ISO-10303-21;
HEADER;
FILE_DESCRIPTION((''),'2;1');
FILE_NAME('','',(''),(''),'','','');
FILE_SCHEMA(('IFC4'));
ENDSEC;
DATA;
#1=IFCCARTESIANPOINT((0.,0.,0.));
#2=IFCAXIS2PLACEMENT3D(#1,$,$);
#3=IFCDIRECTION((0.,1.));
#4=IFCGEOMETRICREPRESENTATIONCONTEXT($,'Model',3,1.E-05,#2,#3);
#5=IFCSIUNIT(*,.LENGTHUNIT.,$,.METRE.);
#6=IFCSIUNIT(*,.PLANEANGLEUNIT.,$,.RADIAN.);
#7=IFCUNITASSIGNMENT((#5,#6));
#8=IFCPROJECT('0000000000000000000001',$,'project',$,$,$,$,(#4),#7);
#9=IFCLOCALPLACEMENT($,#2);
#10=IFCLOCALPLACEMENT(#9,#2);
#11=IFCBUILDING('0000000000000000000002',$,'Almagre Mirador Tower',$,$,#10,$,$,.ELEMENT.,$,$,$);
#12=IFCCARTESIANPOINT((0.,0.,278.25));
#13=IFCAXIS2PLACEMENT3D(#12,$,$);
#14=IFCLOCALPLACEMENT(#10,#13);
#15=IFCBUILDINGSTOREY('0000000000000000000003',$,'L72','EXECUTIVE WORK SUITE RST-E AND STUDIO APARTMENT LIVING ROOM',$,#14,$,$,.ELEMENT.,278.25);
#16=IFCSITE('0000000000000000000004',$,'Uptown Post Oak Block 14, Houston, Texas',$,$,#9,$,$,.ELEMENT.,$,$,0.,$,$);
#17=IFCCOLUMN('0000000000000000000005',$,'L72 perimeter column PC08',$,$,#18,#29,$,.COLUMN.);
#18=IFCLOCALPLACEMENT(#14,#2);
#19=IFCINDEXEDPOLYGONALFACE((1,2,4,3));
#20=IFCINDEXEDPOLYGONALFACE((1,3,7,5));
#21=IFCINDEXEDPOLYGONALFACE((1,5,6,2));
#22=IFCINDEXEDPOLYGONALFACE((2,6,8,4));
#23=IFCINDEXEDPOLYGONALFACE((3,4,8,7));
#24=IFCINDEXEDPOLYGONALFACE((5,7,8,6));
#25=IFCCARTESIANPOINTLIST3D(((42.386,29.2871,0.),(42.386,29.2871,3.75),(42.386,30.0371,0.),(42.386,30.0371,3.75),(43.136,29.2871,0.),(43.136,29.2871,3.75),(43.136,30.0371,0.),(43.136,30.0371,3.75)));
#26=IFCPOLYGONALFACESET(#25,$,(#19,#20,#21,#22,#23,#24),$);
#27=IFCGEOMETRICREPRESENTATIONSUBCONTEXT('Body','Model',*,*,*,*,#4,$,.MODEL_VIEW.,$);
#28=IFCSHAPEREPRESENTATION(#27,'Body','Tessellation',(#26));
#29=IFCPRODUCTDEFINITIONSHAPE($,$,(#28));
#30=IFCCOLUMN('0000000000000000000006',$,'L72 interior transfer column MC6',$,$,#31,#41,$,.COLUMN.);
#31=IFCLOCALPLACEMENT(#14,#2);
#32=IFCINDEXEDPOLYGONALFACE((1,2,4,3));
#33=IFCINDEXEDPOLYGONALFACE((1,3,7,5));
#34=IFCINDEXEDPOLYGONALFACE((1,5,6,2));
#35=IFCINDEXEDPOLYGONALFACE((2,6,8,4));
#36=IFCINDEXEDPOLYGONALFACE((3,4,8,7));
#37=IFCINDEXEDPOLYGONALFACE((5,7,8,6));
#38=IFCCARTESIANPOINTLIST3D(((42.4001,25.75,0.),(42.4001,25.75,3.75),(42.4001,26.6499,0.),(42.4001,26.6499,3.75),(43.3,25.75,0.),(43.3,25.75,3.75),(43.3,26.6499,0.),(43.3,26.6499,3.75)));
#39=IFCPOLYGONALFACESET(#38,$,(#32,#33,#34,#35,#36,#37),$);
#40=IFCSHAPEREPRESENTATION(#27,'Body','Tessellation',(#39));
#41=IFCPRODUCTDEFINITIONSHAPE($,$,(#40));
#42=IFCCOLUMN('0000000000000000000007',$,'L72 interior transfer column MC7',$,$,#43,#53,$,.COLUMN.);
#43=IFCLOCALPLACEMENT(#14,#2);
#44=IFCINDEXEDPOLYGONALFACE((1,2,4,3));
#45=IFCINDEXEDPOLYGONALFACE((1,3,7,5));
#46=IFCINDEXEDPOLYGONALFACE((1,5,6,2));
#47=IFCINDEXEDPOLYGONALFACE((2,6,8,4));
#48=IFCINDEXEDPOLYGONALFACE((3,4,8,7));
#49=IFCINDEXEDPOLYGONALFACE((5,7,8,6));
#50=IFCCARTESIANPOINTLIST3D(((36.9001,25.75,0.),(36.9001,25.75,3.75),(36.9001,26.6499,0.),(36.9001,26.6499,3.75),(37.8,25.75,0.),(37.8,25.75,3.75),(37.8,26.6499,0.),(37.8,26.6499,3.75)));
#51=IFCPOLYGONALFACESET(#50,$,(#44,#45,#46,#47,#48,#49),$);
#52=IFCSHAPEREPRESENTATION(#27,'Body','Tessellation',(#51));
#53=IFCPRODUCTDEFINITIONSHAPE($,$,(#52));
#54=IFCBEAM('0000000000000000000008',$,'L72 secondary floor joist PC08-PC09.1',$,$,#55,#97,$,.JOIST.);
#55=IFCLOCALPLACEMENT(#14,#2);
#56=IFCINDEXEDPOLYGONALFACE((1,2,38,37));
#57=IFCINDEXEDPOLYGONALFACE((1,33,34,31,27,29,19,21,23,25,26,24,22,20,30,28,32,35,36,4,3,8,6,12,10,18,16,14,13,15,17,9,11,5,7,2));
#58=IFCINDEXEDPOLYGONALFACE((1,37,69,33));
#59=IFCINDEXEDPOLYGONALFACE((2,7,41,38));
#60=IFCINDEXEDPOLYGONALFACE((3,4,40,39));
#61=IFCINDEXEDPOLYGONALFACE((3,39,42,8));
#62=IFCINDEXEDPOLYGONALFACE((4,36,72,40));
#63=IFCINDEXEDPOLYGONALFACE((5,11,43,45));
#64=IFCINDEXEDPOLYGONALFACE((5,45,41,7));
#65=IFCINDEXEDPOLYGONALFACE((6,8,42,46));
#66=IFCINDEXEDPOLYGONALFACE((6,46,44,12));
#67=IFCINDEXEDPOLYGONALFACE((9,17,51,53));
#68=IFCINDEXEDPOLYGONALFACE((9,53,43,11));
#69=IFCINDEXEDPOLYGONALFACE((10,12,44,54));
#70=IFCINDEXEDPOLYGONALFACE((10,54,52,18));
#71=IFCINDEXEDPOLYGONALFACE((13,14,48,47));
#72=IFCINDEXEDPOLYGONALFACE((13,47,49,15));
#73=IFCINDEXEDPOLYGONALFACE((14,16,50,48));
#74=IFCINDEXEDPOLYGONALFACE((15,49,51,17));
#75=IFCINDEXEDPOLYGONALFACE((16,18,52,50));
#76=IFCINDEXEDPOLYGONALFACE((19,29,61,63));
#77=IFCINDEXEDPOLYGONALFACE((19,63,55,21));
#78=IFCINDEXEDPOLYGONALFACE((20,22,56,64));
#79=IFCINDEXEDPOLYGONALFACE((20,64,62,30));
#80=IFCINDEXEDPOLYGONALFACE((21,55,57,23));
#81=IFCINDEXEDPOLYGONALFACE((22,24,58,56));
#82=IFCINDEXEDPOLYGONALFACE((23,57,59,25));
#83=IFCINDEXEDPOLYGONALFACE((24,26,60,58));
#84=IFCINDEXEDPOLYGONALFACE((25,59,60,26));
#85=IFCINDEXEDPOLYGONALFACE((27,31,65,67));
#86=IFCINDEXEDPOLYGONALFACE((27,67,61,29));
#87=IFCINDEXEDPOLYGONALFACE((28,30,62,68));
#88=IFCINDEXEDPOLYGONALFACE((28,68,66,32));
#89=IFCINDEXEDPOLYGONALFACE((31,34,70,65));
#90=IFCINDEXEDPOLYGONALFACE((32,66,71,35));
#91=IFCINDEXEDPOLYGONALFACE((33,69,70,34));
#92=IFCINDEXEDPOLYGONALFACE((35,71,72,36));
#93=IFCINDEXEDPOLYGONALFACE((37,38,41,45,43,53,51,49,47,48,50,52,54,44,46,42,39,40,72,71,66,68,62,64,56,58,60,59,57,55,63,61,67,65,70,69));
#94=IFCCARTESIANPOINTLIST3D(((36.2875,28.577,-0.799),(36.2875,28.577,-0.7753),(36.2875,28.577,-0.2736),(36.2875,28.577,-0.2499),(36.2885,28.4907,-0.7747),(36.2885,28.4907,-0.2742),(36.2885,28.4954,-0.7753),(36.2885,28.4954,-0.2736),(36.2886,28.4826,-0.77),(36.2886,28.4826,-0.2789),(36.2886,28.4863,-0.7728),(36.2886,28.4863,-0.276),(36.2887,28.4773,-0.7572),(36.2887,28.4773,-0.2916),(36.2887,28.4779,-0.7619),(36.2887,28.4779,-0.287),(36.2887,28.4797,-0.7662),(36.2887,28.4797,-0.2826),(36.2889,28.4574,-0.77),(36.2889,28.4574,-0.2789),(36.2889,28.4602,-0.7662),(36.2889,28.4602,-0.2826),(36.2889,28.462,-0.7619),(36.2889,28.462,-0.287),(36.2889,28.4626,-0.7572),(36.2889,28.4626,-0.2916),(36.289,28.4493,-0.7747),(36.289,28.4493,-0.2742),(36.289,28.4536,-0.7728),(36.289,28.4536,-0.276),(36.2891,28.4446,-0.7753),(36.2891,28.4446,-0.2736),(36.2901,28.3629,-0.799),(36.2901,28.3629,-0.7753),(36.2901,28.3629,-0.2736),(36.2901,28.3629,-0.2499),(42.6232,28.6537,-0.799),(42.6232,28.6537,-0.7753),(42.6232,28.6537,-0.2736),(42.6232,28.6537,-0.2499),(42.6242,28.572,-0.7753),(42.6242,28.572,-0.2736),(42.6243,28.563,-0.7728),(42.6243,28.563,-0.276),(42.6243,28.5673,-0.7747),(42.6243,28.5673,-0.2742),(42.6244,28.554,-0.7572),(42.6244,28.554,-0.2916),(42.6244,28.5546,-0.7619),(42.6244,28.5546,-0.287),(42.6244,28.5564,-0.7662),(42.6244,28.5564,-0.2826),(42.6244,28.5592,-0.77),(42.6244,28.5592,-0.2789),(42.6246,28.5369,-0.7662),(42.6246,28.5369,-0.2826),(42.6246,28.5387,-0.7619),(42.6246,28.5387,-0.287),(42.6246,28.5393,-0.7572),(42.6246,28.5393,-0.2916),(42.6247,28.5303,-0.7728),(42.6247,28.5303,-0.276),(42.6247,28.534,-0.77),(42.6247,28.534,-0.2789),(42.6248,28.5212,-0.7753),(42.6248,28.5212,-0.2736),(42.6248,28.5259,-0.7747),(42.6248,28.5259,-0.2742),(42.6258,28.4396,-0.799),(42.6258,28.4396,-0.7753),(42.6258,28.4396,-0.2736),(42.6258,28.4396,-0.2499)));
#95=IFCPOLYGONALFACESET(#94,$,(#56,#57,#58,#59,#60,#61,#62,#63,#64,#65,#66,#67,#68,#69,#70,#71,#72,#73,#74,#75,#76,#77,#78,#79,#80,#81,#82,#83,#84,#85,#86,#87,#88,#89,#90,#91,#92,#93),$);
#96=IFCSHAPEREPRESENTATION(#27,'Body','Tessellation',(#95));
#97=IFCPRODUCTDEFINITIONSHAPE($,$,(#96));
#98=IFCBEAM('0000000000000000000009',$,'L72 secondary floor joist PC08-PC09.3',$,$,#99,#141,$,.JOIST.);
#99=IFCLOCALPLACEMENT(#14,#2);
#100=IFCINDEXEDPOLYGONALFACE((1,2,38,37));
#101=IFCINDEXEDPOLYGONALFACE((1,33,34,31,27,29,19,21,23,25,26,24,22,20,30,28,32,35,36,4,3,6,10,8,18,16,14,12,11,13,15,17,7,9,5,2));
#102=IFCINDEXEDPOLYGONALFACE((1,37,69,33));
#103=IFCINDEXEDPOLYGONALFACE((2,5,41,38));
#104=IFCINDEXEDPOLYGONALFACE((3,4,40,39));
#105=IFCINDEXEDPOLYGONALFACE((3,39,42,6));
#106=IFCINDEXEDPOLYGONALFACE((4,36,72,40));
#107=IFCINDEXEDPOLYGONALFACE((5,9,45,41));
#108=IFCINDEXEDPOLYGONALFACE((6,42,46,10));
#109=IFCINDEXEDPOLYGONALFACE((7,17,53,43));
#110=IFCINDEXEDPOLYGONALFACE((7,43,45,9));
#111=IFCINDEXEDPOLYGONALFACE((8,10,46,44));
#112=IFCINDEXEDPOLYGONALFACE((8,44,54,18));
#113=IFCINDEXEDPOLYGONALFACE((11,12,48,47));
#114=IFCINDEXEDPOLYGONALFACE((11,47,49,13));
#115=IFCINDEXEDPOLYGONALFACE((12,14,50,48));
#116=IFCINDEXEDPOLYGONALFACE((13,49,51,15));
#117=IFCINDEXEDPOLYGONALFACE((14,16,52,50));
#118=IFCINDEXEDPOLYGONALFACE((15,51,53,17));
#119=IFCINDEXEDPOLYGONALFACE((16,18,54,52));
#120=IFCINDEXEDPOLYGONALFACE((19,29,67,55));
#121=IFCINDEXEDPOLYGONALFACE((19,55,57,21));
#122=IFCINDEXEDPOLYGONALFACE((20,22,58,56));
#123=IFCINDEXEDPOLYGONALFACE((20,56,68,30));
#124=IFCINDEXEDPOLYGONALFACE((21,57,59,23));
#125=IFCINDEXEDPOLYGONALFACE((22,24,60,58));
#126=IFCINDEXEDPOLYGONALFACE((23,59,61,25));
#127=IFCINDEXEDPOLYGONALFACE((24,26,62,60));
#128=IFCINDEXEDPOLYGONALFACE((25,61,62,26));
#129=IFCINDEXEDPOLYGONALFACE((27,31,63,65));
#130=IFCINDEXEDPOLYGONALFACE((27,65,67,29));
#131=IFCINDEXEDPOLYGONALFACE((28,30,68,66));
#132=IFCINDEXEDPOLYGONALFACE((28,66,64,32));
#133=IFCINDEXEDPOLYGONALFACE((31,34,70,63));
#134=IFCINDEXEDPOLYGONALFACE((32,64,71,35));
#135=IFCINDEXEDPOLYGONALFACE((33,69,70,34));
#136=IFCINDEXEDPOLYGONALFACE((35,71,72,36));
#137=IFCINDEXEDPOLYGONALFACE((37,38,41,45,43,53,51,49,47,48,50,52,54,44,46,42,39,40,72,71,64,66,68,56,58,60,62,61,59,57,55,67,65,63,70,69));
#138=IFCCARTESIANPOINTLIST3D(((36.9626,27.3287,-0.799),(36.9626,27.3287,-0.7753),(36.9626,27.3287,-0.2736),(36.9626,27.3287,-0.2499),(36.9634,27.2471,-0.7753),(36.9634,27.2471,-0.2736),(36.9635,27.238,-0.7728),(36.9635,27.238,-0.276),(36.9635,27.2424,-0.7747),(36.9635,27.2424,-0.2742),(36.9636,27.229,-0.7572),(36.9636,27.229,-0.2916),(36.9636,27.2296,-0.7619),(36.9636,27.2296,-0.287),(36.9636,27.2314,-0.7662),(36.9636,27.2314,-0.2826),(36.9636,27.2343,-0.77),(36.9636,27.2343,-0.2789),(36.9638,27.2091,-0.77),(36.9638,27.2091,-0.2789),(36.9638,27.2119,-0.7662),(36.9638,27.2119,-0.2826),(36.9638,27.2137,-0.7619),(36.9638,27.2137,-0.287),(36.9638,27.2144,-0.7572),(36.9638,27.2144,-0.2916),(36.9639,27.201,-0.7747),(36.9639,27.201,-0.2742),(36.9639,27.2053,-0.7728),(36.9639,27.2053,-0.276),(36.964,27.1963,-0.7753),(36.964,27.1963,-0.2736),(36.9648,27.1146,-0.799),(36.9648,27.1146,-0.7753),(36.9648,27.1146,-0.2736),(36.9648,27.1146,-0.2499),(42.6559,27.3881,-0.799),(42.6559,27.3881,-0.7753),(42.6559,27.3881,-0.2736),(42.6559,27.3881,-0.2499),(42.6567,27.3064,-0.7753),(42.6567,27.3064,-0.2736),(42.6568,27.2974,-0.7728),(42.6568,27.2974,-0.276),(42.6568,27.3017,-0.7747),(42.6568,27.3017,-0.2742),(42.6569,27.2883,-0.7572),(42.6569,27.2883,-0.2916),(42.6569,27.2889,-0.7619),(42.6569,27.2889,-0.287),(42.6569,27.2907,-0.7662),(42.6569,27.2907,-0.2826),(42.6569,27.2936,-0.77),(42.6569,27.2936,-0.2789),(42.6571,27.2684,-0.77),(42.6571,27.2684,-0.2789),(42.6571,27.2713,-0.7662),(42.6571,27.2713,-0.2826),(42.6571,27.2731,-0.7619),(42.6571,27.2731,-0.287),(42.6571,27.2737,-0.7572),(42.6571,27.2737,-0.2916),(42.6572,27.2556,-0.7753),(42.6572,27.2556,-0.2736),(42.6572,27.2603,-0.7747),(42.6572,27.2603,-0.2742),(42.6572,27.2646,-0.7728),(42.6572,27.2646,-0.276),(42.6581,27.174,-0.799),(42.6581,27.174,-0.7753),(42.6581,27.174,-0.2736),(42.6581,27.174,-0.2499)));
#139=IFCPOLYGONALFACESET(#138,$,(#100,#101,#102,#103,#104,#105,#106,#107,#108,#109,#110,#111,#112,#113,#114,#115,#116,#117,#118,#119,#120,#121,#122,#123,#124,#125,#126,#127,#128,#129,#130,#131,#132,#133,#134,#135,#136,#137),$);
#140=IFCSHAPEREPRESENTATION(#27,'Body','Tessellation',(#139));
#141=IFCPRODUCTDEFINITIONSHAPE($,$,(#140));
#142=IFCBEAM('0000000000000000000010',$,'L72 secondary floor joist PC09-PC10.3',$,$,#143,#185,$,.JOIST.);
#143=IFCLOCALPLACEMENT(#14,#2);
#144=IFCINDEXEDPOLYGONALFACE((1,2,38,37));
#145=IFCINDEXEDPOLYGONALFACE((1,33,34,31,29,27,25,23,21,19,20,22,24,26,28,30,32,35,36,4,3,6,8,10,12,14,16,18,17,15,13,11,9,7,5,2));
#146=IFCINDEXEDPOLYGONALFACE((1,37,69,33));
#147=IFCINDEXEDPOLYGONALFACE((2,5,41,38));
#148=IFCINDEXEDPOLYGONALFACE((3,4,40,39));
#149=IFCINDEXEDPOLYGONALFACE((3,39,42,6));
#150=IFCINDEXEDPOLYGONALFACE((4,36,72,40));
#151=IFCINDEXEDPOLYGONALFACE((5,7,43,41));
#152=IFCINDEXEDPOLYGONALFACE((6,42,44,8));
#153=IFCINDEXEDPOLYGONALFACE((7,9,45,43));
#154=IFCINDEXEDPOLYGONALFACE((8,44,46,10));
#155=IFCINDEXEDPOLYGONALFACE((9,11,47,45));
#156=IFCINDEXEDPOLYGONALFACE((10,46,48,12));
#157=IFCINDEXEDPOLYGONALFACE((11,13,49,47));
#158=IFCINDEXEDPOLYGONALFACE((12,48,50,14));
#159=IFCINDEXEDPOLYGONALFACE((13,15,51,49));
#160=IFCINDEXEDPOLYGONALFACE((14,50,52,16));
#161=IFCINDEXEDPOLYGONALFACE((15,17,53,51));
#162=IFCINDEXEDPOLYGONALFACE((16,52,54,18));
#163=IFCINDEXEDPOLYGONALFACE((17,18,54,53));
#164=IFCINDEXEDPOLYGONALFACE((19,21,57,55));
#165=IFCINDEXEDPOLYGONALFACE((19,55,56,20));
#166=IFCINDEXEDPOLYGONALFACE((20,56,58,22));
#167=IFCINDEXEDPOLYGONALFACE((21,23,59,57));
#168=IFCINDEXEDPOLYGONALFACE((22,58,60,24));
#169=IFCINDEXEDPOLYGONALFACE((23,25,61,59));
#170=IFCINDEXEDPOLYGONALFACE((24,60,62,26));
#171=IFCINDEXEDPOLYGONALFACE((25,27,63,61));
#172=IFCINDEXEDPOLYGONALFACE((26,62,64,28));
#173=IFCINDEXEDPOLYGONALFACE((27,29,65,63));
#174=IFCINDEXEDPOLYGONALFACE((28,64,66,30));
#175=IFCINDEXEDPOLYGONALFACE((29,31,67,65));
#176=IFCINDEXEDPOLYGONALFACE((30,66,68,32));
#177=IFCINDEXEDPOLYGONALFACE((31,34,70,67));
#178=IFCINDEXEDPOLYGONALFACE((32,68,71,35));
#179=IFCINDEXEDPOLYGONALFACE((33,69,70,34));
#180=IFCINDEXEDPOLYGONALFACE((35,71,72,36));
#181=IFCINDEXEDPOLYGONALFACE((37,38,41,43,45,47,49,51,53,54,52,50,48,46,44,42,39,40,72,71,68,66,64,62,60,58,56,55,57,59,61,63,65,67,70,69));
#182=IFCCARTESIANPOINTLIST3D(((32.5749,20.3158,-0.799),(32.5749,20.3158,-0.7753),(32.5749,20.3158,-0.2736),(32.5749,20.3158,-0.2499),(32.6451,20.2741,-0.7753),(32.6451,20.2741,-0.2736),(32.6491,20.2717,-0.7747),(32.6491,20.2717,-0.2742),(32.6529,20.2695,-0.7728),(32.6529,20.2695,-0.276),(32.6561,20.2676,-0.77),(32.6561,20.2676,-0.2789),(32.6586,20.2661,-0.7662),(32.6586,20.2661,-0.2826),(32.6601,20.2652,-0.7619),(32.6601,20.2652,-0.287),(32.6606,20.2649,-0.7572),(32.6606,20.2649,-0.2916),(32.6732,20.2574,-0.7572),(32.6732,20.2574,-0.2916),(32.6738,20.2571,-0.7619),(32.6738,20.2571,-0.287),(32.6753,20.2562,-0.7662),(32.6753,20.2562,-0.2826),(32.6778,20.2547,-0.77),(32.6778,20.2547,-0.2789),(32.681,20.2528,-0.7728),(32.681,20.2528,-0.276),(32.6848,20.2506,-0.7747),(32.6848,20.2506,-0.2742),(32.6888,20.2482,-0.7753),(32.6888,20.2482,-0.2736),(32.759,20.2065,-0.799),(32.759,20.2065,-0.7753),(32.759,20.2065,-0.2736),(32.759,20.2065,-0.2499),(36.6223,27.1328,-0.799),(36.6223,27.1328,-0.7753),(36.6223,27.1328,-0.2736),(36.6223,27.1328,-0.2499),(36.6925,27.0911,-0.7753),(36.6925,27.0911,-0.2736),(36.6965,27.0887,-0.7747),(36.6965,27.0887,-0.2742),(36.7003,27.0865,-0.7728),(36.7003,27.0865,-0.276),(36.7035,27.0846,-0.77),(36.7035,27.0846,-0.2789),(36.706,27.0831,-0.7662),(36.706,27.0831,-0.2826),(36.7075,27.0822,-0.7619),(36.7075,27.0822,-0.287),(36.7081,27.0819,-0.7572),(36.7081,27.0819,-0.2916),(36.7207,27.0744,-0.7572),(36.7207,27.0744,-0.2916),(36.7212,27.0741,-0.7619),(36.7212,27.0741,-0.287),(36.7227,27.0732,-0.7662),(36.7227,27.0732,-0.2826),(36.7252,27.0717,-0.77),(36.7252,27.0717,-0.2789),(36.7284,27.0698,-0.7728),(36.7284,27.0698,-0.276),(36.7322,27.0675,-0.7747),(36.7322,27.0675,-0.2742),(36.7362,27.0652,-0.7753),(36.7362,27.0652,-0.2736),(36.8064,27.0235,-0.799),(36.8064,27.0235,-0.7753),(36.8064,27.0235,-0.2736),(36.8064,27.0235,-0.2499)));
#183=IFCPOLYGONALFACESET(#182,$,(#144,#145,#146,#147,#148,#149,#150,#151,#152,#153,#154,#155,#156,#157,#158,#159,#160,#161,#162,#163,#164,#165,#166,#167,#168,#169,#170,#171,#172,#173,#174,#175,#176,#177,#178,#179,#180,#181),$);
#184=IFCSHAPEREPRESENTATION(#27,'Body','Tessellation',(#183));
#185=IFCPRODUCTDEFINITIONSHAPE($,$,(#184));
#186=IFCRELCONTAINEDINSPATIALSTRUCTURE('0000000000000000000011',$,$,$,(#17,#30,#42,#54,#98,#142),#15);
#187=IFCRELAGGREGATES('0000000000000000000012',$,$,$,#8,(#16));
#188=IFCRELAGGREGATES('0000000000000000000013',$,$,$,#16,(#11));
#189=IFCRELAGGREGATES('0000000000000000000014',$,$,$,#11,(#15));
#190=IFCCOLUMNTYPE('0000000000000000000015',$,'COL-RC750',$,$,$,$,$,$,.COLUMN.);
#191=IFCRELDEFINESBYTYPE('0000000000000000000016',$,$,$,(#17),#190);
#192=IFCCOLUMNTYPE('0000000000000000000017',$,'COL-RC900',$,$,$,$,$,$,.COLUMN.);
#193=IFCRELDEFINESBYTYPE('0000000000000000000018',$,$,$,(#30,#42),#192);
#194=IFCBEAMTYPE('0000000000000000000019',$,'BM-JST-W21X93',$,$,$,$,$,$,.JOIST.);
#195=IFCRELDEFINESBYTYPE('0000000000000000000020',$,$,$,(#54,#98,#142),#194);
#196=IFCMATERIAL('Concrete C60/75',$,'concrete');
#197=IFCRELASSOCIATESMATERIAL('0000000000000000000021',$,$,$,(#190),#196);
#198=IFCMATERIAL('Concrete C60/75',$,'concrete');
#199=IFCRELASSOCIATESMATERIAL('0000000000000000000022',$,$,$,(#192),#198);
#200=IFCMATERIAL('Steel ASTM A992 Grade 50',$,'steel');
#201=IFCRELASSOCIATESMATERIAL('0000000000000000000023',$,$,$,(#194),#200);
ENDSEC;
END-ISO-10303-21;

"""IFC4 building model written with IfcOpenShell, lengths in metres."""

from ifc_helpers import new_model, si_unit, direction, frame, origin, origin_2d, place, context, subcontext, project, spatial, rectangle, i_section, extrude, material, material_profile, profile_set, type_object, element, save


model = new_model("IFC4")

# Units and contexts
model_context = context("Model", 3, precision=1e-05, world=origin(), true_north=direction((0.0, 1.0)))
body_context = subcontext(model_context, "Body", "Model", "MODEL_VIEW")
ifc_project = project(units=[si_unit("LENGTHUNIT", "METRE"), si_unit("PLANEANGLEUNIT", "RADIAN")], contexts=[model_context])

# Site, building, storey
site_placement = place(None, origin())
site = spatial("IfcSite", under=ifc_project, at=site_placement, Name="Uptown Post Oak Block 14, Houston, Texas", CompositionType="ELEMENT", RefElevation=0.0)
building_placement = place(site_placement, origin())
building = spatial("IfcBuilding", under=site, at=building_placement, Name="Almagre Mirador Tower", CompositionType="ELEMENT")
storey_placement = place(building_placement, frame((0.0, 0.0, 278.25)))
storey = spatial("IfcBuildingStorey", under=building, at=storey_placement, Name="L72", Description="EXECUTIVE WORK SUITE RST-E AND STUDIO APARTMENT LIVING ROOM", CompositionType="ELEMENT", Elevation=278.25)

# Columns
ifc_material_1 = material(Name="Concrete C60/75", Category="concrete")
ifc_material_profile_1 = material_profile(ifc_material_1, rectangle(XDim=0.75, YDim=0.75, at=origin_2d()), Name="RC750X750")
ifc_profile_set_1 = profile_set([ifc_material_profile_1], Name="Concrete C60/75")
column_type_1 = type_object("IfcColumnType", Name="COL-RC750", PredefinedType="COLUMN", material=ifc_profile_set_1)
column_placement = place(storey_placement, frame((42.761, 29.6621, 0.0), z_axis=(0.0, 0.0, 1.0), x_axis=(1.0, 0.0, 0.0)))
element("IfcColumn", 1, at=column_placement, inside=storey, type_object=column_type_1, Name="L72 perimeter column PC08", PredefinedType="COLUMN", context=body_context, shape_type="SweptSolid", body=[
    extrude(rectangle(XDim=0.75, YDim=0.75, at=origin_2d()), origin(), (0.0, 0.0, 1.0), 3.75),
])
ifc_material_2 = material(Name="Concrete C60/75", Category="concrete")
ifc_material_profile_2 = material_profile(ifc_material_2, rectangle(XDim=0.8999, YDim=0.8999, at=origin_2d()), Name="RC900X900")
ifc_profile_set_2 = profile_set([ifc_material_profile_2], Name="Concrete C60/75")
column_type_2 = type_object("IfcColumnType", Name="COL-RC900", PredefinedType="COLUMN", material=ifc_profile_set_2)
for number, where, z_axis, x_axis, name in (
    (2, (42.8501, 26.2, 0.0), (0.0, 0.0, 1.0), (1.0, 0.0, 0.0), "L72 interior transfer column MC6"),
    (3, (37.3501, 26.2, 0.0), (0.0, 0.0, 1.0), (1.0, 0.0, 0.0), "L72 interior transfer column MC7"),
):
    element("IfcColumn", number, at=place(storey_placement, frame(where, z_axis=z_axis, x_axis=x_axis)), inside=storey, type_object=column_type_2, Name=name, PredefinedType="COLUMN", context=body_context, shape_type="SweptSolid", body=[
        extrude(rectangle(XDim=0.8999, YDim=0.8999, at=origin_2d()), origin(), (0.0, 0.0, 1.0), 3.75),
    ])

# Beams
ifc_material_3 = material(Name="Steel ASTM A992 Grade 50", Category="steel")
ifc_material_profile_3 = material_profile(ifc_material_3, i_section(OverallWidth=0.2141, OverallDepth=0.5491, WebThickness=0.0146, FlangeThickness=0.0237, FilletRadius=0.0181, at=origin_2d()), Name="W21X93")
ifc_profile_set_3 = profile_set([ifc_material_profile_3], Name="Steel ASTM A992 Grade 50")
beam_type_1 = type_object("IfcBeamType", Name="BM-JST-W21X93", PredefinedType="JOIST", material=ifc_profile_set_3)
beam_1_placement = place(storey_placement, frame((42.6245, 28.5466, -0.5244), z_axis=(-0.999927, -0.012099, 0.0), x_axis=(0.012099, -0.999927, 0.0)))
element("IfcBeam", 4, at=beam_1_placement, inside=storey, type_object=beam_type_1, Name="L72 secondary floor joist PC08-PC09.1", PredefinedType="JOIST", context=body_context, shape_type="SweptSolid", body=[
    extrude(i_section(OverallWidth=0.2141, OverallDepth=0.5491, WebThickness=0.0146, FlangeThickness=0.0237, FilletRadius=0.0181, at=origin_2d()), origin(), (0.0, 0.0, 1.0), 6.3362),
])
beam_2_placement = place(storey_placement, frame((42.657, 27.281, -0.5244), z_axis=(-0.999946, -0.01042, 0.0), x_axis=(0.01042, -0.999946, 0.0)))
element("IfcBeam", 5, at=beam_2_placement, inside=storey, type_object=beam_type_1, Name="L72 secondary floor joist PC08-PC09.3", PredefinedType="JOIST", context=body_context, shape_type="SweptSolid", body=[
    extrude(i_section(OverallWidth=0.2141, OverallDepth=0.5491, WebThickness=0.0146, FlangeThickness=0.0237, FilletRadius=0.0181, at=origin_2d()), origin(), (0.0, 0.0, 1.0), 5.6936),
])
beam_3_placement = place(storey_placement, frame((36.7144, 27.0781, -0.5244), z_axis=(-0.510523, -0.859864, 0.0), x_axis=(0.859864, -0.510523, 0.0)))
element("IfcBeam", 6, at=beam_3_placement, inside=storey, type_object=beam_type_1, Name="L72 secondary floor joist PC09-PC10.3", PredefinedType="JOIST", context=body_context, shape_type="SweptSolid", body=[
    extrude(i_section(OverallWidth=0.2141, OverallDepth=0.5491, WebThickness=0.0146, FlangeThickness=0.0237, FilletRadius=0.0181, at=origin_2d()), origin(), (0.0, 0.0, 1.0), 7.928),
])

save(model, "model.ifc")
